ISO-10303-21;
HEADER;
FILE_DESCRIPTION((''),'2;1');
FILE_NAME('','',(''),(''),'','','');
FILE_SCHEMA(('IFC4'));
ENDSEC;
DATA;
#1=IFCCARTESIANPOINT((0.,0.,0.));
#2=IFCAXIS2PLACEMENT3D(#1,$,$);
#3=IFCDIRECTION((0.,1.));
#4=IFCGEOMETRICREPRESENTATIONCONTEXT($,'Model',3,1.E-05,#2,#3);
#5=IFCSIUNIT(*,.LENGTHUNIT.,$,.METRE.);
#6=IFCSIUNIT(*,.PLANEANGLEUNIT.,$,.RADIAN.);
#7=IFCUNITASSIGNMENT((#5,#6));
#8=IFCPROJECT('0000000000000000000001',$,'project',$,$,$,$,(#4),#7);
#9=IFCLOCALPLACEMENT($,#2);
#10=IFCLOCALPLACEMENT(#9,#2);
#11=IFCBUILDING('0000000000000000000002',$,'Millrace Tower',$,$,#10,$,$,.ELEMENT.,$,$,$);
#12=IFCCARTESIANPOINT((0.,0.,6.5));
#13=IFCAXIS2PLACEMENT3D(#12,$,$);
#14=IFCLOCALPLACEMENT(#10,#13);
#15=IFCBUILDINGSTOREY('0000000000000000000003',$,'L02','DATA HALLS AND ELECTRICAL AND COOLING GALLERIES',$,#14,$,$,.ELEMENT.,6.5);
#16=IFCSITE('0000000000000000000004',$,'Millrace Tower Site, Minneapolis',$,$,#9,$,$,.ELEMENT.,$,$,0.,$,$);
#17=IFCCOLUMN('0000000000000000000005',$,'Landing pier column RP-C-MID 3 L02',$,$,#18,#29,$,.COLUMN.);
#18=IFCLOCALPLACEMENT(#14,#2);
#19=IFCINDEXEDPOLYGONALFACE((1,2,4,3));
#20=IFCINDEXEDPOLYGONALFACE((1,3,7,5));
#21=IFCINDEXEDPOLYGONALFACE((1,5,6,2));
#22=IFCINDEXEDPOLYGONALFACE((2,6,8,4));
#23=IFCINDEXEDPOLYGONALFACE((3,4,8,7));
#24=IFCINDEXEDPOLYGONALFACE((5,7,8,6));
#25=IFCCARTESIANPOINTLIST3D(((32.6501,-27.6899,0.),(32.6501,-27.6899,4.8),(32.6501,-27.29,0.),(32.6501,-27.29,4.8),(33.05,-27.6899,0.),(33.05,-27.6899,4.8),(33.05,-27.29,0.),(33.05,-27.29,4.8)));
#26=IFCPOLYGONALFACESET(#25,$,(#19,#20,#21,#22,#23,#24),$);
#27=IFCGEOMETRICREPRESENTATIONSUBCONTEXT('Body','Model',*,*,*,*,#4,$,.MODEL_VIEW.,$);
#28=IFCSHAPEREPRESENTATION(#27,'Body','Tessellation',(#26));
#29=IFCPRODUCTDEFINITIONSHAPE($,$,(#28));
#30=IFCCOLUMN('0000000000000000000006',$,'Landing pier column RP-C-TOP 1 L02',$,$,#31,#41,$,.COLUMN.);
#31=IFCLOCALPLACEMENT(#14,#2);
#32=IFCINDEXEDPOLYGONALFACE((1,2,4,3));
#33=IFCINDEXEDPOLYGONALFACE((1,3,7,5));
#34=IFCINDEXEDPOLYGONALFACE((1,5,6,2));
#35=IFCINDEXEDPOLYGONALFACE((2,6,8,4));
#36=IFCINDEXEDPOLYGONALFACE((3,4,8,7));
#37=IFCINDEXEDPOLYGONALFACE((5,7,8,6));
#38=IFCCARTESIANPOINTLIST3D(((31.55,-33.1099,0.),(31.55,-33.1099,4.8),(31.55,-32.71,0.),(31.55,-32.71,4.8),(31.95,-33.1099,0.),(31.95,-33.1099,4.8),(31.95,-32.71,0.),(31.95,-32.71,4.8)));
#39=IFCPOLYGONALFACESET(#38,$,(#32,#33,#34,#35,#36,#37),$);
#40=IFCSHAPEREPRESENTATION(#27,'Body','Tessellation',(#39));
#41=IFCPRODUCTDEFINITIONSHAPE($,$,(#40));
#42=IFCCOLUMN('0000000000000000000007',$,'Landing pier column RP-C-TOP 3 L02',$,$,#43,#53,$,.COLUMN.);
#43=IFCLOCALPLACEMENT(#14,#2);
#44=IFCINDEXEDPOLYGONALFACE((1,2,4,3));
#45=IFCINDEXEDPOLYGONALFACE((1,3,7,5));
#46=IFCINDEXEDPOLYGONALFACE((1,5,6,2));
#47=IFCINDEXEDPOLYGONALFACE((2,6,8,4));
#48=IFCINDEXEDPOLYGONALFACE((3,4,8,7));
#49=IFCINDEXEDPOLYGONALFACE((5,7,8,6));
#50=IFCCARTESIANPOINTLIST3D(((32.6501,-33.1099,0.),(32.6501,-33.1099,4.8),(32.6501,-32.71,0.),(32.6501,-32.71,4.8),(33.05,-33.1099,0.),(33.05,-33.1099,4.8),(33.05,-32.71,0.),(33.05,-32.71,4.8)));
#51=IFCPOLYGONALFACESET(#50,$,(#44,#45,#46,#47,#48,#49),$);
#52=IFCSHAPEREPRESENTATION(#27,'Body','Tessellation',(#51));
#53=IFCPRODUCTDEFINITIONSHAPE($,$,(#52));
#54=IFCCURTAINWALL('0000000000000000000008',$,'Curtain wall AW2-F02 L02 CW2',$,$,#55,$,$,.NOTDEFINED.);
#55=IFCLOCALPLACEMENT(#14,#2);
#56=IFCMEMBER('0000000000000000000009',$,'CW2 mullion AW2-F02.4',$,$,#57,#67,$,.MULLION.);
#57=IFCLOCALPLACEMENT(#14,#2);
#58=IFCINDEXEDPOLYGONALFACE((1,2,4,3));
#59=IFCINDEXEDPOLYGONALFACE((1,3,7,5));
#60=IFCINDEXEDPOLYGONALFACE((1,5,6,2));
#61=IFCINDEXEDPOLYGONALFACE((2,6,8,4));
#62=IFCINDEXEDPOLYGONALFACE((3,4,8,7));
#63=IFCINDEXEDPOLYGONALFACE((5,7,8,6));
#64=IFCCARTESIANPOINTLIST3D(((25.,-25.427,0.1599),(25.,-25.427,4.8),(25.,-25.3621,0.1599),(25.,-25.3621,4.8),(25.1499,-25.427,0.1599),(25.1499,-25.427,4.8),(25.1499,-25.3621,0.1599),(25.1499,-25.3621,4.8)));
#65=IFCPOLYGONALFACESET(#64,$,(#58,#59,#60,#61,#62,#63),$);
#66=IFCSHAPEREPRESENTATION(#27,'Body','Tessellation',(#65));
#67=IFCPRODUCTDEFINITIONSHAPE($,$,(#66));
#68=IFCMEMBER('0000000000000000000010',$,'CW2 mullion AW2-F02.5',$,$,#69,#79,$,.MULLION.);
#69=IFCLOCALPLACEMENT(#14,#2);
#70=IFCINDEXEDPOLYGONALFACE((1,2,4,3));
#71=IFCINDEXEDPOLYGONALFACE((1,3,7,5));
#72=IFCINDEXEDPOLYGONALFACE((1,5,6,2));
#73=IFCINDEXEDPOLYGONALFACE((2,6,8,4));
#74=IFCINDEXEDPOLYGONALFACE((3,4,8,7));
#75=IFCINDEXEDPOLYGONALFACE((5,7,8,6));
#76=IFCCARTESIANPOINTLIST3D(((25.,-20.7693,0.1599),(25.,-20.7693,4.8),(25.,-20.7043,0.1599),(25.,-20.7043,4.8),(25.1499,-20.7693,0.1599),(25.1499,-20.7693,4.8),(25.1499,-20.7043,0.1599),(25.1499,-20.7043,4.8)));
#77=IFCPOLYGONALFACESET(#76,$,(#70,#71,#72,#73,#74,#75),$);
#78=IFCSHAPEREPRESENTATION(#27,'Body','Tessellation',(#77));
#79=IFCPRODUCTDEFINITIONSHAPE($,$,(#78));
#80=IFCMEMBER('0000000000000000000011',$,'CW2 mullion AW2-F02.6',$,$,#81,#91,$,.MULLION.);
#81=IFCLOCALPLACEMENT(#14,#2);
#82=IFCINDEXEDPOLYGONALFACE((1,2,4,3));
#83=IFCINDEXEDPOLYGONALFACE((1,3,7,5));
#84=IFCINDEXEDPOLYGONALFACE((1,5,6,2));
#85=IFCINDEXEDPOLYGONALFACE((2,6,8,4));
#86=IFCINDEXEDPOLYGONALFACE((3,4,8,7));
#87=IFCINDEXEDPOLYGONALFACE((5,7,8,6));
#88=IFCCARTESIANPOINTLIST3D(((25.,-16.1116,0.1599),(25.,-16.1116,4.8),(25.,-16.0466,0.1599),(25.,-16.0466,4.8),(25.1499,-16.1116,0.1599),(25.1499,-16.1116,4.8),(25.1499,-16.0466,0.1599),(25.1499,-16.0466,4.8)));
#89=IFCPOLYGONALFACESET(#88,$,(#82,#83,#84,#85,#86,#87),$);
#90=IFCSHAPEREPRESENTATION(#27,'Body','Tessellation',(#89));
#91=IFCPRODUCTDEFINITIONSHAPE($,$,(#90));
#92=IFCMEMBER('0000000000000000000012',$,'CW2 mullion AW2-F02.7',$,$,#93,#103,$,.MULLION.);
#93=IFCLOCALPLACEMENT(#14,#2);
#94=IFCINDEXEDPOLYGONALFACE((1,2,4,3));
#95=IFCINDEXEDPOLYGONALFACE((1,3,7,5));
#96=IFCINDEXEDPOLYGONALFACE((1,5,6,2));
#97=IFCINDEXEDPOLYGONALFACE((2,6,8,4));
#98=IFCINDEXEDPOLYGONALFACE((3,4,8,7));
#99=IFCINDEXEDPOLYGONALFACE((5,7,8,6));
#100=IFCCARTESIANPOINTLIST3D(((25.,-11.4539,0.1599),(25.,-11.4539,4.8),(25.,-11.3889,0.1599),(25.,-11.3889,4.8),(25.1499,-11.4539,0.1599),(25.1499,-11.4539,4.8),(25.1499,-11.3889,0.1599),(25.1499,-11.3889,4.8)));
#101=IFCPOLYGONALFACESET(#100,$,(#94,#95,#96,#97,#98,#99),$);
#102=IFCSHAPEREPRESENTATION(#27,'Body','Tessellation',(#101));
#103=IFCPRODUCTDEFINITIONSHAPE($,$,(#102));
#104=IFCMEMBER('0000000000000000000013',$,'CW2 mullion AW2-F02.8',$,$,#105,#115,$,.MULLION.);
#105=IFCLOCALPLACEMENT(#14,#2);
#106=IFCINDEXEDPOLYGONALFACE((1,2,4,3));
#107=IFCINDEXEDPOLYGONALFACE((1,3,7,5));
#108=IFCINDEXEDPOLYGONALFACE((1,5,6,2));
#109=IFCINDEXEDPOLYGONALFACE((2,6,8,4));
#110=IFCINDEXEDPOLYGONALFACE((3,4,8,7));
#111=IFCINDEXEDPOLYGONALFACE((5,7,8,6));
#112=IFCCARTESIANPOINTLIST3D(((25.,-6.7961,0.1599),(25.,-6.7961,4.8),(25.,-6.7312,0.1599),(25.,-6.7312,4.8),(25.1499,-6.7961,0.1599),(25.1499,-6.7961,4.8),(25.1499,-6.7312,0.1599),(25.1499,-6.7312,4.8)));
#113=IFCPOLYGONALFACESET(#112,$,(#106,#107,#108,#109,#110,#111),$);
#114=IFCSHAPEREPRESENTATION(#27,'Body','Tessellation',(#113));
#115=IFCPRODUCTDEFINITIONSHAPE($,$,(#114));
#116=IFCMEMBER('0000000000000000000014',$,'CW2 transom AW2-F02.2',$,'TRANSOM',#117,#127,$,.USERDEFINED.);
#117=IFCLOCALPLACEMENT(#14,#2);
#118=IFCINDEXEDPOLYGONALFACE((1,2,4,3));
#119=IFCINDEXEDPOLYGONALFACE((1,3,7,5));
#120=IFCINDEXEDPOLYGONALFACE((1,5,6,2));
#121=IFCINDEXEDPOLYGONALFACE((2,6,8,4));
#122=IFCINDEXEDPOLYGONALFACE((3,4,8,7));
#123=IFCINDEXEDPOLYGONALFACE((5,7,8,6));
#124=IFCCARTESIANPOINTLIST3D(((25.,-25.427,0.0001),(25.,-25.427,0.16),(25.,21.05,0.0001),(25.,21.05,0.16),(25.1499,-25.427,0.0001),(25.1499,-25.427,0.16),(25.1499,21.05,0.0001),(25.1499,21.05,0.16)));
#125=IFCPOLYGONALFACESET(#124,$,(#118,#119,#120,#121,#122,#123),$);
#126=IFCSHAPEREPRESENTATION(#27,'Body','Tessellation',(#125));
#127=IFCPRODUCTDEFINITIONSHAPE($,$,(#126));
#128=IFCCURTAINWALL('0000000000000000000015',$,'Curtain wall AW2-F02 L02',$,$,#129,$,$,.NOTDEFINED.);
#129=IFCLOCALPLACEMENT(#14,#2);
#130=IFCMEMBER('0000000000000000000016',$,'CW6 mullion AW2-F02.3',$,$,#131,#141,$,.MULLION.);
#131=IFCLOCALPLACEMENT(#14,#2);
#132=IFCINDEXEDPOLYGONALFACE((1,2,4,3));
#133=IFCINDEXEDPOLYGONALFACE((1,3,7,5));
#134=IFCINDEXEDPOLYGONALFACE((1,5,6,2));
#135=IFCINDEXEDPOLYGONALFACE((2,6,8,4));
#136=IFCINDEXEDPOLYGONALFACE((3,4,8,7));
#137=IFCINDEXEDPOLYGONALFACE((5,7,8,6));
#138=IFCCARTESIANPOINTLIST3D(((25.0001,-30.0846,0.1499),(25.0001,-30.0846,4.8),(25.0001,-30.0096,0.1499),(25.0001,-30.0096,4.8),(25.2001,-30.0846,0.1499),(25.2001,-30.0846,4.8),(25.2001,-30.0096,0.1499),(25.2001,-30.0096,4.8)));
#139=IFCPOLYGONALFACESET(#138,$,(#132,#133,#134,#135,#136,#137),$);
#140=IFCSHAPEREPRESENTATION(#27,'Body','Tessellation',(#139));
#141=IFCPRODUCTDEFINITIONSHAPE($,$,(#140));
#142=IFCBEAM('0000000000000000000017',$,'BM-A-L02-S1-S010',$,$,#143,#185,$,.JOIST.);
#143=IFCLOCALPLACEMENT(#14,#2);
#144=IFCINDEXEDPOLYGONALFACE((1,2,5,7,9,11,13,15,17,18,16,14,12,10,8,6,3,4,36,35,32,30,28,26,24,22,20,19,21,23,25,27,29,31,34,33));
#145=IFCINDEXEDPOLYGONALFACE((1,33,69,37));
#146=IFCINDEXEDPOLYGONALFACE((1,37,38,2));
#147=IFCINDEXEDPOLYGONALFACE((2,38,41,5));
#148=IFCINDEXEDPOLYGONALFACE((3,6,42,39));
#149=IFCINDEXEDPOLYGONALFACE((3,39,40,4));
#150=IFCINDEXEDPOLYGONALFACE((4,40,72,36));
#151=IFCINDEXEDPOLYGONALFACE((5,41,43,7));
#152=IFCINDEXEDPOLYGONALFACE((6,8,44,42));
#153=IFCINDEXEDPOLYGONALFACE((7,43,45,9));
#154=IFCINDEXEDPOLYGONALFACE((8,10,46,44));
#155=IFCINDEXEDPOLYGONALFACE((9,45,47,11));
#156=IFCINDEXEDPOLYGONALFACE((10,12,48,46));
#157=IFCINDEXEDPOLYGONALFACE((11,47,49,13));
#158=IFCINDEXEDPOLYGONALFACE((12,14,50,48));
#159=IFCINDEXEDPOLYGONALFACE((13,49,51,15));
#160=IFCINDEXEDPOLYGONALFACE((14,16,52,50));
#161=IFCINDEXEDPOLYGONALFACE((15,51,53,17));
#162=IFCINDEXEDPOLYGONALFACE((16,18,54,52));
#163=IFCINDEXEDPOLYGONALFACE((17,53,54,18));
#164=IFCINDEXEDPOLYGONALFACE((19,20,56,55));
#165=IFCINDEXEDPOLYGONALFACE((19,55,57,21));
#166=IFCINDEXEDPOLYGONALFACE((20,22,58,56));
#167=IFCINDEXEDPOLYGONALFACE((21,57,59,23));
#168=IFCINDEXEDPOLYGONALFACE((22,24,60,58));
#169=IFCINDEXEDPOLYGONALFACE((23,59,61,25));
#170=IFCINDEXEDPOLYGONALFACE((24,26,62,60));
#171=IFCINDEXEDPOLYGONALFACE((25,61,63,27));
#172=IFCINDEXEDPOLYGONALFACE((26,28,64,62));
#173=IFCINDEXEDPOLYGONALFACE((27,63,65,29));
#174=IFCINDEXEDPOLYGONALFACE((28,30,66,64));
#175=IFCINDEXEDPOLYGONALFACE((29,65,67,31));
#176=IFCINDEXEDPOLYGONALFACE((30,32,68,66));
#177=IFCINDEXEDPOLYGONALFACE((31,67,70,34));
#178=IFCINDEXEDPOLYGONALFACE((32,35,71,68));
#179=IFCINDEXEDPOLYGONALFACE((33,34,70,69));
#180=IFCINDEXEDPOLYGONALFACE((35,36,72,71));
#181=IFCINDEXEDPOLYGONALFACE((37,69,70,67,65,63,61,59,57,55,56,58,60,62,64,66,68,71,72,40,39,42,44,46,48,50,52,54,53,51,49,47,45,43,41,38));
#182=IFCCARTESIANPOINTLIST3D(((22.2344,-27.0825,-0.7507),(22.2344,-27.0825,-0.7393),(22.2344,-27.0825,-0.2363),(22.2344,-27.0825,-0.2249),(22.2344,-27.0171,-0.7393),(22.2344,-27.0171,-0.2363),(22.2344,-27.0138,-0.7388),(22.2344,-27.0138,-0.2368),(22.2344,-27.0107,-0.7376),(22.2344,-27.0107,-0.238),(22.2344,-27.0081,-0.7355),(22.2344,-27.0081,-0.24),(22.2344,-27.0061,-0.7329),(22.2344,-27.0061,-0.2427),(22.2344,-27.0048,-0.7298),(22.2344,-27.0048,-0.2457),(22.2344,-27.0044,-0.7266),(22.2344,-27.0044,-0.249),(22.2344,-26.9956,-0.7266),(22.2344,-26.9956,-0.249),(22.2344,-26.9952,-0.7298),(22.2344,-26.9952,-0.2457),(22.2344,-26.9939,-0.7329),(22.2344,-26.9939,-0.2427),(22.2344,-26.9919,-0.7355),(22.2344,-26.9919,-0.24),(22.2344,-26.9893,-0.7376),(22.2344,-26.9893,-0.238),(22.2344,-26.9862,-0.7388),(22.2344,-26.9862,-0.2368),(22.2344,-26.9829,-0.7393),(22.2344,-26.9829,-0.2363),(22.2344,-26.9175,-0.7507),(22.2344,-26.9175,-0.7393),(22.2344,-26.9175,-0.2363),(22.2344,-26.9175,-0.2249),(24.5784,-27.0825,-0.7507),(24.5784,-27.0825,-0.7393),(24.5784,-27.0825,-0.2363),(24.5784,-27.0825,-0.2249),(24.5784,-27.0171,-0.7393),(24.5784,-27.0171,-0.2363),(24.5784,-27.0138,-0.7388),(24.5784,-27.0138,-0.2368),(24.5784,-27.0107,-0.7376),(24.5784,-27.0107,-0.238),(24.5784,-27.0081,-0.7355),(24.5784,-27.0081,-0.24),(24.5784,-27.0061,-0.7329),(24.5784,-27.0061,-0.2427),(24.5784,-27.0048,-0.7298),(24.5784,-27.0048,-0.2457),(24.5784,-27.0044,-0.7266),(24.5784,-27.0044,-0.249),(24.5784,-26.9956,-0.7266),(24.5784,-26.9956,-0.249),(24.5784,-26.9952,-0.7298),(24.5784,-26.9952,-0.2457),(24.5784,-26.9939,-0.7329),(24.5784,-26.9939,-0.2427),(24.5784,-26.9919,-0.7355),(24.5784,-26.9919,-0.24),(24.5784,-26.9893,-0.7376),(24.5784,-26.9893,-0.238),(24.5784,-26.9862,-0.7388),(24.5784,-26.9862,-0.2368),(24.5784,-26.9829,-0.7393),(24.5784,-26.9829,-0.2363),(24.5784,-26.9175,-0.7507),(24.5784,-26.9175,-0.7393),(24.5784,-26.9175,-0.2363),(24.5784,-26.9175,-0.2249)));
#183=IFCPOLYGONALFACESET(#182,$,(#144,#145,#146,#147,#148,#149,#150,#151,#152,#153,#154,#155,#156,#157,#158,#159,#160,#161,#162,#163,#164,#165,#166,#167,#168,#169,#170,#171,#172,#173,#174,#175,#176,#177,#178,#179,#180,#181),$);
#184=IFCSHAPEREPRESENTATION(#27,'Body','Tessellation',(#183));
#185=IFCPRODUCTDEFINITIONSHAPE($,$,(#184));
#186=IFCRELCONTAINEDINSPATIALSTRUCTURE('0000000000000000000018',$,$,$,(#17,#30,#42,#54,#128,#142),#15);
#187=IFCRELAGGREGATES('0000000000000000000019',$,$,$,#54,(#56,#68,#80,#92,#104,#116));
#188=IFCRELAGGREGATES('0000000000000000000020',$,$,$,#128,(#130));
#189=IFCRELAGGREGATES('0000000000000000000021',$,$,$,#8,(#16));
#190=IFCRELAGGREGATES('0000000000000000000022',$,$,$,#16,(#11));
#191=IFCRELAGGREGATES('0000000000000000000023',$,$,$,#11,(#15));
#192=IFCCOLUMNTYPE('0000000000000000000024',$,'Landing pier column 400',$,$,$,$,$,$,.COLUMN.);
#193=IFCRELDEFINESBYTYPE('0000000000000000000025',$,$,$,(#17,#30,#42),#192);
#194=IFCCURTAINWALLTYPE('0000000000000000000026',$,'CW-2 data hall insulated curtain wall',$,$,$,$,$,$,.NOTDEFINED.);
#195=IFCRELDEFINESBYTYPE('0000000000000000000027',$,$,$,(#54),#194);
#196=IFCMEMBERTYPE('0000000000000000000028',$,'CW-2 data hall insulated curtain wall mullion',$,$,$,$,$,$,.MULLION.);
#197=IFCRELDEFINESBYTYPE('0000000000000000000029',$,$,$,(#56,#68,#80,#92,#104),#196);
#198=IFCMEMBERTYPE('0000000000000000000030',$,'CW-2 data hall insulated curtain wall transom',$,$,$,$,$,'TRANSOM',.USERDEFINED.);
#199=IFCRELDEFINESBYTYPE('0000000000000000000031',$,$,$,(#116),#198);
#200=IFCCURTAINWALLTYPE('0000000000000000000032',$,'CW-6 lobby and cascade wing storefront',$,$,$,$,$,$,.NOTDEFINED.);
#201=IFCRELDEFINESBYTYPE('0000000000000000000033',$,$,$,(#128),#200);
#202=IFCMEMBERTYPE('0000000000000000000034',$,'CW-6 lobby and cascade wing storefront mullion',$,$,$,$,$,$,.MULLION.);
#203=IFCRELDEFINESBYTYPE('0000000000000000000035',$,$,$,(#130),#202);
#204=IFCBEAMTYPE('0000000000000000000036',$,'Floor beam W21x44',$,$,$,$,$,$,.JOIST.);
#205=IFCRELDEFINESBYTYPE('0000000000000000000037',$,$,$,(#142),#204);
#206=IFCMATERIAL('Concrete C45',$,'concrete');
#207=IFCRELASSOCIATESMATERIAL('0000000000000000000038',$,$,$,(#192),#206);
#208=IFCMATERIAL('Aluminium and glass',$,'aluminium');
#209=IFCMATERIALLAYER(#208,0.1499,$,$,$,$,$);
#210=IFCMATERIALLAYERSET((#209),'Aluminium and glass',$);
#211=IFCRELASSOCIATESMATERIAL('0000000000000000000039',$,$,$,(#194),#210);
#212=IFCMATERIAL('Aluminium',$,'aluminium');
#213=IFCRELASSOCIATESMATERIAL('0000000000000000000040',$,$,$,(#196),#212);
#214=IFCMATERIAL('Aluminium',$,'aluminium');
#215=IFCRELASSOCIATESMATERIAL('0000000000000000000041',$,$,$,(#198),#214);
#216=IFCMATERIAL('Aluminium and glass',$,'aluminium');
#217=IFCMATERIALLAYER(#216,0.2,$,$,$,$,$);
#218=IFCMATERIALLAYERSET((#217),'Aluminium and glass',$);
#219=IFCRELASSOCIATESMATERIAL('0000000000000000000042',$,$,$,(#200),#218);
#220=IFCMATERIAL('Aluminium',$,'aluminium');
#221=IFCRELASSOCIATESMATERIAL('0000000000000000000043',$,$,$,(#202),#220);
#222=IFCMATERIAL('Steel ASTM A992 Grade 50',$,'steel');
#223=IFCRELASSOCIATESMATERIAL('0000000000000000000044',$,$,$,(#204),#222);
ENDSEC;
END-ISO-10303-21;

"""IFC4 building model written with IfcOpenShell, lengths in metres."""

from ifc_helpers import new_model, si_unit, direction, frame, origin, origin_2d, place, context, subcontext, project, spatial, rectangle, i_section, extrude, material, layer, layer_set, material_profile, profile_set, type_object, element, aggregate, save


model = new_model("IFC4")

# Units and contexts
model_context = context("Model", 3, precision=1e-05, world=origin(), true_north=direction((0.0, 1.0)))
body_context = subcontext(model_context, "Body", "Model", "MODEL_VIEW")
ifc_project = project(units=[si_unit("LENGTHUNIT", "METRE"), si_unit("PLANEANGLEUNIT", "RADIAN")], contexts=[model_context])

# Site, building, storey
site_placement = place(None, origin())
site = spatial("IfcSite", under=ifc_project, at=site_placement, Name="Millrace Tower Site, Minneapolis", CompositionType="ELEMENT", RefElevation=0.0)
building_placement = place(site_placement, origin())
building = spatial("IfcBuilding", under=site, at=building_placement, Name="Millrace Tower", CompositionType="ELEMENT")
storey_placement = place(building_placement, frame((0.0, 0.0, 6.5)))
storey = spatial("IfcBuildingStorey", under=building, at=storey_placement, Name="L02", Description="DATA HALLS AND ELECTRICAL AND COOLING GALLERIES", CompositionType="ELEMENT", Elevation=6.5)

# Columns
ifc_material_1 = material(Name="Concrete C45", Category="concrete")
ifc_material_profile_1 = material_profile(ifc_material_1, rectangle(XDim=0.3999, YDim=0.3999, at=origin_2d()))
ifc_profile_set_1 = profile_set([ifc_material_profile_1], Name="Concrete C45")
column_type_1 = type_object("IfcColumnType", Name="Landing pier column 400", PredefinedType="COLUMN", material=ifc_profile_set_1)
for number, where, z_axis, x_axis, name in (
    (1, (32.8501, -27.49, 0.0), (0.0, 0.0, 1.0), (1.0, 0.0, 0.0), "Landing pier column RP-C-MID 3 L02"),
    (2, (31.75, -32.9099, 0.0), (0.0, 0.0, 1.0), (1.0, 0.0, 0.0), "Landing pier column RP-C-TOP 1 L02"),
    (3, (32.8501, -32.9099, 0.0), (0.0, 0.0, 1.0), (1.0, 0.0, 0.0), "Landing pier column RP-C-TOP 3 L02"),
):
    element("IfcColumn", number, at=place(storey_placement, frame(where, z_axis=z_axis, x_axis=x_axis)), inside=storey, type_object=column_type_1, Name=name, PredefinedType="COLUMN", context=body_context, shape_type="SweptSolid", body=[
        extrude(rectangle(XDim=0.3999, YDim=0.3999, at=origin_2d()), origin(), (0.0, 0.0, 1.0), 4.8),
    ])

# Curtain wall, members
ifc_material_2 = material(Name="Aluminium and glass", Category="aluminium")
ifc_layer_1 = layer(ifc_material_2, 0.1499)
ifc_layer_set_1 = layer_set([ifc_layer_1], Name="Aluminium and glass")
curtain_wall_type_1 = type_object("IfcCurtainWallType", Name="CW-2 data hall insulated curtain wall", PredefinedType="NOTDEFINED", material=ifc_layer_set_1)
placement = place(storey_placement, origin())
curtain_wall_1 = element("IfcCurtainWall", 4, at=placement, inside=storey, type_object=curtain_wall_type_1, Name="Curtain wall AW2-F02 L02 CW2", PredefinedType="NOTDEFINED")
ifc_material_3 = material(Name="Aluminium", Category="aluminium")
ifc_material_profile_2 = material_profile(ifc_material_3, rectangle(XDim=0.0649, YDim=0.1499, at=origin_2d()))
ifc_profile_set_2 = profile_set([ifc_material_profile_2], Name="Aluminium")
member_type_1 = type_object("IfcMemberType", Name="CW-2 data hall insulated curtain wall mullion", PredefinedType="MULLION", material=ifc_profile_set_2)
member_1_placement = place(storey_placement, frame((25.075, -25.3945, 0.1599), z_axis=(0.0, 0.0, 1.0), x_axis=(0.0, 1.0, 0.0)))
member_1 = element("IfcMember", 5, at=member_1_placement, type_object=member_type_1, Name="CW2 mullion AW2-F02.4", PredefinedType="MULLION", context=body_context, shape_type="SweptSolid", body=[
    extrude(rectangle(XDim=0.0649, YDim=0.1499, at=origin_2d()), origin(), (0.0, 0.0, 1.0), 4.6401),
])
member_2_placement = place(storey_placement, frame((25.075, -20.7368, 0.1599), z_axis=(0.0, 0.0, 1.0), x_axis=(0.0, 1.0, 0.0)))
member_2 = element("IfcMember", 6, at=member_2_placement, type_object=member_type_1, Name="CW2 mullion AW2-F02.5", PredefinedType="MULLION", context=body_context, shape_type="SweptSolid", body=[
    extrude(rectangle(XDim=0.0649, YDim=0.1499, at=origin_2d()), origin(), (0.0, 0.0, 1.0), 4.6401),
])
member_3_placement = place(storey_placement, frame((25.075, -16.0791, 0.1599), z_axis=(0.0, 0.0, 1.0), x_axis=(0.0, 1.0, 0.0)))
member_3 = element("IfcMember", 7, at=member_3_placement, type_object=member_type_1, Name="CW2 mullion AW2-F02.6", PredefinedType="MULLION", context=body_context, shape_type="SweptSolid", body=[
    extrude(rectangle(XDim=0.0649, YDim=0.1499, at=origin_2d()), origin(), (0.0, 0.0, 1.0), 4.6401),
])
member_4_placement = place(storey_placement, frame((25.075, -11.4214, 0.1599), z_axis=(0.0, 0.0, 1.0), x_axis=(0.0, 1.0, 0.0)))
member_4 = element("IfcMember", 8, at=member_4_placement, type_object=member_type_1, Name="CW2 mullion AW2-F02.7", PredefinedType="MULLION", context=body_context, shape_type="SweptSolid", body=[
    extrude(rectangle(XDim=0.0649, YDim=0.1499, at=origin_2d()), origin(), (0.0, 0.0, 1.0), 4.6401),
])
member_5_placement = place(storey_placement, frame((25.075, -6.7637, 0.1599), z_axis=(0.0, 0.0, 1.0), x_axis=(0.0, 1.0, 0.0)))
member_5 = element("IfcMember", 9, at=member_5_placement, type_object=member_type_1, Name="CW2 mullion AW2-F02.8", PredefinedType="MULLION", context=body_context, shape_type="SweptSolid", body=[
    extrude(rectangle(XDim=0.0649, YDim=0.1499, at=origin_2d()), origin(), (0.0, 0.0, 1.0), 4.6401),
])
ifc_material_4 = material(Name="Aluminium", Category="aluminium")
ifc_material_profile_3 = material_profile(ifc_material_4, rectangle(XDim=0.1499, YDim=0.1599, at=origin_2d()))
ifc_profile_set_3 = profile_set([ifc_material_profile_3], Name="Aluminium")
member_type_2 = type_object("IfcMemberType", Name="CW-2 data hall insulated curtain wall transom", ElementType="TRANSOM", PredefinedType="USERDEFINED", material=ifc_profile_set_3)
member_6_placement = place(storey_placement, frame((25.075, -25.427, 0.0801), z_axis=(0.0, 1.0, 0.0), x_axis=(-1.0, 0.0, 0.0)))
member_6 = element("IfcMember", 10, at=member_6_placement, type_object=member_type_2, Name="CW2 transom AW2-F02.2", ObjectType="TRANSOM", PredefinedType="USERDEFINED", context=body_context, shape_type="SweptSolid", body=[
    extrude(rectangle(XDim=0.1499, YDim=0.1599, at=origin_2d()), origin(), (0.0, 0.0, 1.0), 46.4771),
])
aggregate(curtain_wall_1, [member_1, member_2, member_3, member_4, member_5, member_6])

# Curtain wall, member
ifc_material_5 = material(Name="Aluminium and glass", Category="aluminium")
ifc_layer_2 = layer(ifc_material_5, 0.2)
ifc_layer_set_2 = layer_set([ifc_layer_2], Name="Aluminium and glass")
curtain_wall_type_2 = type_object("IfcCurtainWallType", Name="CW-6 lobby and cascade wing storefront", PredefinedType="NOTDEFINED", material=ifc_layer_set_2)
curtain_wall_2 = element("IfcCurtainWall", 11, at=placement, inside=storey, type_object=curtain_wall_type_2, Name="Curtain wall AW2-F02 L02", PredefinedType="NOTDEFINED")
ifc_material_6 = material(Name="Aluminium", Category="aluminium")
ifc_material_profile_4 = material_profile(ifc_material_6, rectangle(XDim=0.075, YDim=0.2, at=origin_2d()))
ifc_profile_set_4 = profile_set([ifc_material_profile_4], Name="Aluminium")
member_type_3 = type_object("IfcMemberType", Name="CW-6 lobby and cascade wing storefront mullion", PredefinedType="MULLION", material=ifc_profile_set_4)
member_7_placement = place(storey_placement, frame((25.1001, -30.0471, 0.1499), z_axis=(0.0, 0.0, 1.0), x_axis=(0.0, 1.0, 0.0)))
member_7 = element("IfcMember", 12, at=member_7_placement, type_object=member_type_3, Name="CW6 mullion AW2-F02.3", PredefinedType="MULLION", context=body_context, shape_type="SweptSolid", body=[
    extrude(rectangle(XDim=0.075, YDim=0.2, at=origin_2d()), origin(), (0.0, 0.0, 1.0), 4.6501),
])
aggregate(curtain_wall_2, [member_7])

# Beam
ifc_material_7 = material(Name="Steel ASTM A992 Grade 50", Category="steel")
ifc_material_profile_5 = material_profile(ifc_material_7, i_section(OverallWidth=0.165, OverallDepth=0.5259, WebThickness=0.0088, FlangeThickness=0.0115, FilletRadius=0.0127, at=origin_2d()))
ifc_profile_set_5 = profile_set([ifc_material_profile_5], Name="Steel ASTM A992 Grade 50")
beam_type_1 = type_object("IfcBeamType", Name="Floor beam W21x44", PredefinedType="JOIST", material=ifc_profile_set_5)
beam_1_placement = place(storey_placement, frame((22.2344, -27.0, -0.4878), z_axis=(1.0, 0.0, 0.0), x_axis=(0.0, 1.0, 0.0)))
element("IfcBeam", 13, at=beam_1_placement, inside=storey, type_object=beam_type_1, Name="BM-A-L02-S1-S010", PredefinedType="JOIST", context=body_context, shape_type="SweptSolid", body=[
    extrude(i_section(OverallWidth=0.165, OverallDepth=0.5259, WebThickness=0.0088, FlangeThickness=0.0115, FilletRadius=0.0127, at=origin_2d()), origin(), (0.0, 0.0, 1.0), 2.344),
])

save(model, "model.ifc")
